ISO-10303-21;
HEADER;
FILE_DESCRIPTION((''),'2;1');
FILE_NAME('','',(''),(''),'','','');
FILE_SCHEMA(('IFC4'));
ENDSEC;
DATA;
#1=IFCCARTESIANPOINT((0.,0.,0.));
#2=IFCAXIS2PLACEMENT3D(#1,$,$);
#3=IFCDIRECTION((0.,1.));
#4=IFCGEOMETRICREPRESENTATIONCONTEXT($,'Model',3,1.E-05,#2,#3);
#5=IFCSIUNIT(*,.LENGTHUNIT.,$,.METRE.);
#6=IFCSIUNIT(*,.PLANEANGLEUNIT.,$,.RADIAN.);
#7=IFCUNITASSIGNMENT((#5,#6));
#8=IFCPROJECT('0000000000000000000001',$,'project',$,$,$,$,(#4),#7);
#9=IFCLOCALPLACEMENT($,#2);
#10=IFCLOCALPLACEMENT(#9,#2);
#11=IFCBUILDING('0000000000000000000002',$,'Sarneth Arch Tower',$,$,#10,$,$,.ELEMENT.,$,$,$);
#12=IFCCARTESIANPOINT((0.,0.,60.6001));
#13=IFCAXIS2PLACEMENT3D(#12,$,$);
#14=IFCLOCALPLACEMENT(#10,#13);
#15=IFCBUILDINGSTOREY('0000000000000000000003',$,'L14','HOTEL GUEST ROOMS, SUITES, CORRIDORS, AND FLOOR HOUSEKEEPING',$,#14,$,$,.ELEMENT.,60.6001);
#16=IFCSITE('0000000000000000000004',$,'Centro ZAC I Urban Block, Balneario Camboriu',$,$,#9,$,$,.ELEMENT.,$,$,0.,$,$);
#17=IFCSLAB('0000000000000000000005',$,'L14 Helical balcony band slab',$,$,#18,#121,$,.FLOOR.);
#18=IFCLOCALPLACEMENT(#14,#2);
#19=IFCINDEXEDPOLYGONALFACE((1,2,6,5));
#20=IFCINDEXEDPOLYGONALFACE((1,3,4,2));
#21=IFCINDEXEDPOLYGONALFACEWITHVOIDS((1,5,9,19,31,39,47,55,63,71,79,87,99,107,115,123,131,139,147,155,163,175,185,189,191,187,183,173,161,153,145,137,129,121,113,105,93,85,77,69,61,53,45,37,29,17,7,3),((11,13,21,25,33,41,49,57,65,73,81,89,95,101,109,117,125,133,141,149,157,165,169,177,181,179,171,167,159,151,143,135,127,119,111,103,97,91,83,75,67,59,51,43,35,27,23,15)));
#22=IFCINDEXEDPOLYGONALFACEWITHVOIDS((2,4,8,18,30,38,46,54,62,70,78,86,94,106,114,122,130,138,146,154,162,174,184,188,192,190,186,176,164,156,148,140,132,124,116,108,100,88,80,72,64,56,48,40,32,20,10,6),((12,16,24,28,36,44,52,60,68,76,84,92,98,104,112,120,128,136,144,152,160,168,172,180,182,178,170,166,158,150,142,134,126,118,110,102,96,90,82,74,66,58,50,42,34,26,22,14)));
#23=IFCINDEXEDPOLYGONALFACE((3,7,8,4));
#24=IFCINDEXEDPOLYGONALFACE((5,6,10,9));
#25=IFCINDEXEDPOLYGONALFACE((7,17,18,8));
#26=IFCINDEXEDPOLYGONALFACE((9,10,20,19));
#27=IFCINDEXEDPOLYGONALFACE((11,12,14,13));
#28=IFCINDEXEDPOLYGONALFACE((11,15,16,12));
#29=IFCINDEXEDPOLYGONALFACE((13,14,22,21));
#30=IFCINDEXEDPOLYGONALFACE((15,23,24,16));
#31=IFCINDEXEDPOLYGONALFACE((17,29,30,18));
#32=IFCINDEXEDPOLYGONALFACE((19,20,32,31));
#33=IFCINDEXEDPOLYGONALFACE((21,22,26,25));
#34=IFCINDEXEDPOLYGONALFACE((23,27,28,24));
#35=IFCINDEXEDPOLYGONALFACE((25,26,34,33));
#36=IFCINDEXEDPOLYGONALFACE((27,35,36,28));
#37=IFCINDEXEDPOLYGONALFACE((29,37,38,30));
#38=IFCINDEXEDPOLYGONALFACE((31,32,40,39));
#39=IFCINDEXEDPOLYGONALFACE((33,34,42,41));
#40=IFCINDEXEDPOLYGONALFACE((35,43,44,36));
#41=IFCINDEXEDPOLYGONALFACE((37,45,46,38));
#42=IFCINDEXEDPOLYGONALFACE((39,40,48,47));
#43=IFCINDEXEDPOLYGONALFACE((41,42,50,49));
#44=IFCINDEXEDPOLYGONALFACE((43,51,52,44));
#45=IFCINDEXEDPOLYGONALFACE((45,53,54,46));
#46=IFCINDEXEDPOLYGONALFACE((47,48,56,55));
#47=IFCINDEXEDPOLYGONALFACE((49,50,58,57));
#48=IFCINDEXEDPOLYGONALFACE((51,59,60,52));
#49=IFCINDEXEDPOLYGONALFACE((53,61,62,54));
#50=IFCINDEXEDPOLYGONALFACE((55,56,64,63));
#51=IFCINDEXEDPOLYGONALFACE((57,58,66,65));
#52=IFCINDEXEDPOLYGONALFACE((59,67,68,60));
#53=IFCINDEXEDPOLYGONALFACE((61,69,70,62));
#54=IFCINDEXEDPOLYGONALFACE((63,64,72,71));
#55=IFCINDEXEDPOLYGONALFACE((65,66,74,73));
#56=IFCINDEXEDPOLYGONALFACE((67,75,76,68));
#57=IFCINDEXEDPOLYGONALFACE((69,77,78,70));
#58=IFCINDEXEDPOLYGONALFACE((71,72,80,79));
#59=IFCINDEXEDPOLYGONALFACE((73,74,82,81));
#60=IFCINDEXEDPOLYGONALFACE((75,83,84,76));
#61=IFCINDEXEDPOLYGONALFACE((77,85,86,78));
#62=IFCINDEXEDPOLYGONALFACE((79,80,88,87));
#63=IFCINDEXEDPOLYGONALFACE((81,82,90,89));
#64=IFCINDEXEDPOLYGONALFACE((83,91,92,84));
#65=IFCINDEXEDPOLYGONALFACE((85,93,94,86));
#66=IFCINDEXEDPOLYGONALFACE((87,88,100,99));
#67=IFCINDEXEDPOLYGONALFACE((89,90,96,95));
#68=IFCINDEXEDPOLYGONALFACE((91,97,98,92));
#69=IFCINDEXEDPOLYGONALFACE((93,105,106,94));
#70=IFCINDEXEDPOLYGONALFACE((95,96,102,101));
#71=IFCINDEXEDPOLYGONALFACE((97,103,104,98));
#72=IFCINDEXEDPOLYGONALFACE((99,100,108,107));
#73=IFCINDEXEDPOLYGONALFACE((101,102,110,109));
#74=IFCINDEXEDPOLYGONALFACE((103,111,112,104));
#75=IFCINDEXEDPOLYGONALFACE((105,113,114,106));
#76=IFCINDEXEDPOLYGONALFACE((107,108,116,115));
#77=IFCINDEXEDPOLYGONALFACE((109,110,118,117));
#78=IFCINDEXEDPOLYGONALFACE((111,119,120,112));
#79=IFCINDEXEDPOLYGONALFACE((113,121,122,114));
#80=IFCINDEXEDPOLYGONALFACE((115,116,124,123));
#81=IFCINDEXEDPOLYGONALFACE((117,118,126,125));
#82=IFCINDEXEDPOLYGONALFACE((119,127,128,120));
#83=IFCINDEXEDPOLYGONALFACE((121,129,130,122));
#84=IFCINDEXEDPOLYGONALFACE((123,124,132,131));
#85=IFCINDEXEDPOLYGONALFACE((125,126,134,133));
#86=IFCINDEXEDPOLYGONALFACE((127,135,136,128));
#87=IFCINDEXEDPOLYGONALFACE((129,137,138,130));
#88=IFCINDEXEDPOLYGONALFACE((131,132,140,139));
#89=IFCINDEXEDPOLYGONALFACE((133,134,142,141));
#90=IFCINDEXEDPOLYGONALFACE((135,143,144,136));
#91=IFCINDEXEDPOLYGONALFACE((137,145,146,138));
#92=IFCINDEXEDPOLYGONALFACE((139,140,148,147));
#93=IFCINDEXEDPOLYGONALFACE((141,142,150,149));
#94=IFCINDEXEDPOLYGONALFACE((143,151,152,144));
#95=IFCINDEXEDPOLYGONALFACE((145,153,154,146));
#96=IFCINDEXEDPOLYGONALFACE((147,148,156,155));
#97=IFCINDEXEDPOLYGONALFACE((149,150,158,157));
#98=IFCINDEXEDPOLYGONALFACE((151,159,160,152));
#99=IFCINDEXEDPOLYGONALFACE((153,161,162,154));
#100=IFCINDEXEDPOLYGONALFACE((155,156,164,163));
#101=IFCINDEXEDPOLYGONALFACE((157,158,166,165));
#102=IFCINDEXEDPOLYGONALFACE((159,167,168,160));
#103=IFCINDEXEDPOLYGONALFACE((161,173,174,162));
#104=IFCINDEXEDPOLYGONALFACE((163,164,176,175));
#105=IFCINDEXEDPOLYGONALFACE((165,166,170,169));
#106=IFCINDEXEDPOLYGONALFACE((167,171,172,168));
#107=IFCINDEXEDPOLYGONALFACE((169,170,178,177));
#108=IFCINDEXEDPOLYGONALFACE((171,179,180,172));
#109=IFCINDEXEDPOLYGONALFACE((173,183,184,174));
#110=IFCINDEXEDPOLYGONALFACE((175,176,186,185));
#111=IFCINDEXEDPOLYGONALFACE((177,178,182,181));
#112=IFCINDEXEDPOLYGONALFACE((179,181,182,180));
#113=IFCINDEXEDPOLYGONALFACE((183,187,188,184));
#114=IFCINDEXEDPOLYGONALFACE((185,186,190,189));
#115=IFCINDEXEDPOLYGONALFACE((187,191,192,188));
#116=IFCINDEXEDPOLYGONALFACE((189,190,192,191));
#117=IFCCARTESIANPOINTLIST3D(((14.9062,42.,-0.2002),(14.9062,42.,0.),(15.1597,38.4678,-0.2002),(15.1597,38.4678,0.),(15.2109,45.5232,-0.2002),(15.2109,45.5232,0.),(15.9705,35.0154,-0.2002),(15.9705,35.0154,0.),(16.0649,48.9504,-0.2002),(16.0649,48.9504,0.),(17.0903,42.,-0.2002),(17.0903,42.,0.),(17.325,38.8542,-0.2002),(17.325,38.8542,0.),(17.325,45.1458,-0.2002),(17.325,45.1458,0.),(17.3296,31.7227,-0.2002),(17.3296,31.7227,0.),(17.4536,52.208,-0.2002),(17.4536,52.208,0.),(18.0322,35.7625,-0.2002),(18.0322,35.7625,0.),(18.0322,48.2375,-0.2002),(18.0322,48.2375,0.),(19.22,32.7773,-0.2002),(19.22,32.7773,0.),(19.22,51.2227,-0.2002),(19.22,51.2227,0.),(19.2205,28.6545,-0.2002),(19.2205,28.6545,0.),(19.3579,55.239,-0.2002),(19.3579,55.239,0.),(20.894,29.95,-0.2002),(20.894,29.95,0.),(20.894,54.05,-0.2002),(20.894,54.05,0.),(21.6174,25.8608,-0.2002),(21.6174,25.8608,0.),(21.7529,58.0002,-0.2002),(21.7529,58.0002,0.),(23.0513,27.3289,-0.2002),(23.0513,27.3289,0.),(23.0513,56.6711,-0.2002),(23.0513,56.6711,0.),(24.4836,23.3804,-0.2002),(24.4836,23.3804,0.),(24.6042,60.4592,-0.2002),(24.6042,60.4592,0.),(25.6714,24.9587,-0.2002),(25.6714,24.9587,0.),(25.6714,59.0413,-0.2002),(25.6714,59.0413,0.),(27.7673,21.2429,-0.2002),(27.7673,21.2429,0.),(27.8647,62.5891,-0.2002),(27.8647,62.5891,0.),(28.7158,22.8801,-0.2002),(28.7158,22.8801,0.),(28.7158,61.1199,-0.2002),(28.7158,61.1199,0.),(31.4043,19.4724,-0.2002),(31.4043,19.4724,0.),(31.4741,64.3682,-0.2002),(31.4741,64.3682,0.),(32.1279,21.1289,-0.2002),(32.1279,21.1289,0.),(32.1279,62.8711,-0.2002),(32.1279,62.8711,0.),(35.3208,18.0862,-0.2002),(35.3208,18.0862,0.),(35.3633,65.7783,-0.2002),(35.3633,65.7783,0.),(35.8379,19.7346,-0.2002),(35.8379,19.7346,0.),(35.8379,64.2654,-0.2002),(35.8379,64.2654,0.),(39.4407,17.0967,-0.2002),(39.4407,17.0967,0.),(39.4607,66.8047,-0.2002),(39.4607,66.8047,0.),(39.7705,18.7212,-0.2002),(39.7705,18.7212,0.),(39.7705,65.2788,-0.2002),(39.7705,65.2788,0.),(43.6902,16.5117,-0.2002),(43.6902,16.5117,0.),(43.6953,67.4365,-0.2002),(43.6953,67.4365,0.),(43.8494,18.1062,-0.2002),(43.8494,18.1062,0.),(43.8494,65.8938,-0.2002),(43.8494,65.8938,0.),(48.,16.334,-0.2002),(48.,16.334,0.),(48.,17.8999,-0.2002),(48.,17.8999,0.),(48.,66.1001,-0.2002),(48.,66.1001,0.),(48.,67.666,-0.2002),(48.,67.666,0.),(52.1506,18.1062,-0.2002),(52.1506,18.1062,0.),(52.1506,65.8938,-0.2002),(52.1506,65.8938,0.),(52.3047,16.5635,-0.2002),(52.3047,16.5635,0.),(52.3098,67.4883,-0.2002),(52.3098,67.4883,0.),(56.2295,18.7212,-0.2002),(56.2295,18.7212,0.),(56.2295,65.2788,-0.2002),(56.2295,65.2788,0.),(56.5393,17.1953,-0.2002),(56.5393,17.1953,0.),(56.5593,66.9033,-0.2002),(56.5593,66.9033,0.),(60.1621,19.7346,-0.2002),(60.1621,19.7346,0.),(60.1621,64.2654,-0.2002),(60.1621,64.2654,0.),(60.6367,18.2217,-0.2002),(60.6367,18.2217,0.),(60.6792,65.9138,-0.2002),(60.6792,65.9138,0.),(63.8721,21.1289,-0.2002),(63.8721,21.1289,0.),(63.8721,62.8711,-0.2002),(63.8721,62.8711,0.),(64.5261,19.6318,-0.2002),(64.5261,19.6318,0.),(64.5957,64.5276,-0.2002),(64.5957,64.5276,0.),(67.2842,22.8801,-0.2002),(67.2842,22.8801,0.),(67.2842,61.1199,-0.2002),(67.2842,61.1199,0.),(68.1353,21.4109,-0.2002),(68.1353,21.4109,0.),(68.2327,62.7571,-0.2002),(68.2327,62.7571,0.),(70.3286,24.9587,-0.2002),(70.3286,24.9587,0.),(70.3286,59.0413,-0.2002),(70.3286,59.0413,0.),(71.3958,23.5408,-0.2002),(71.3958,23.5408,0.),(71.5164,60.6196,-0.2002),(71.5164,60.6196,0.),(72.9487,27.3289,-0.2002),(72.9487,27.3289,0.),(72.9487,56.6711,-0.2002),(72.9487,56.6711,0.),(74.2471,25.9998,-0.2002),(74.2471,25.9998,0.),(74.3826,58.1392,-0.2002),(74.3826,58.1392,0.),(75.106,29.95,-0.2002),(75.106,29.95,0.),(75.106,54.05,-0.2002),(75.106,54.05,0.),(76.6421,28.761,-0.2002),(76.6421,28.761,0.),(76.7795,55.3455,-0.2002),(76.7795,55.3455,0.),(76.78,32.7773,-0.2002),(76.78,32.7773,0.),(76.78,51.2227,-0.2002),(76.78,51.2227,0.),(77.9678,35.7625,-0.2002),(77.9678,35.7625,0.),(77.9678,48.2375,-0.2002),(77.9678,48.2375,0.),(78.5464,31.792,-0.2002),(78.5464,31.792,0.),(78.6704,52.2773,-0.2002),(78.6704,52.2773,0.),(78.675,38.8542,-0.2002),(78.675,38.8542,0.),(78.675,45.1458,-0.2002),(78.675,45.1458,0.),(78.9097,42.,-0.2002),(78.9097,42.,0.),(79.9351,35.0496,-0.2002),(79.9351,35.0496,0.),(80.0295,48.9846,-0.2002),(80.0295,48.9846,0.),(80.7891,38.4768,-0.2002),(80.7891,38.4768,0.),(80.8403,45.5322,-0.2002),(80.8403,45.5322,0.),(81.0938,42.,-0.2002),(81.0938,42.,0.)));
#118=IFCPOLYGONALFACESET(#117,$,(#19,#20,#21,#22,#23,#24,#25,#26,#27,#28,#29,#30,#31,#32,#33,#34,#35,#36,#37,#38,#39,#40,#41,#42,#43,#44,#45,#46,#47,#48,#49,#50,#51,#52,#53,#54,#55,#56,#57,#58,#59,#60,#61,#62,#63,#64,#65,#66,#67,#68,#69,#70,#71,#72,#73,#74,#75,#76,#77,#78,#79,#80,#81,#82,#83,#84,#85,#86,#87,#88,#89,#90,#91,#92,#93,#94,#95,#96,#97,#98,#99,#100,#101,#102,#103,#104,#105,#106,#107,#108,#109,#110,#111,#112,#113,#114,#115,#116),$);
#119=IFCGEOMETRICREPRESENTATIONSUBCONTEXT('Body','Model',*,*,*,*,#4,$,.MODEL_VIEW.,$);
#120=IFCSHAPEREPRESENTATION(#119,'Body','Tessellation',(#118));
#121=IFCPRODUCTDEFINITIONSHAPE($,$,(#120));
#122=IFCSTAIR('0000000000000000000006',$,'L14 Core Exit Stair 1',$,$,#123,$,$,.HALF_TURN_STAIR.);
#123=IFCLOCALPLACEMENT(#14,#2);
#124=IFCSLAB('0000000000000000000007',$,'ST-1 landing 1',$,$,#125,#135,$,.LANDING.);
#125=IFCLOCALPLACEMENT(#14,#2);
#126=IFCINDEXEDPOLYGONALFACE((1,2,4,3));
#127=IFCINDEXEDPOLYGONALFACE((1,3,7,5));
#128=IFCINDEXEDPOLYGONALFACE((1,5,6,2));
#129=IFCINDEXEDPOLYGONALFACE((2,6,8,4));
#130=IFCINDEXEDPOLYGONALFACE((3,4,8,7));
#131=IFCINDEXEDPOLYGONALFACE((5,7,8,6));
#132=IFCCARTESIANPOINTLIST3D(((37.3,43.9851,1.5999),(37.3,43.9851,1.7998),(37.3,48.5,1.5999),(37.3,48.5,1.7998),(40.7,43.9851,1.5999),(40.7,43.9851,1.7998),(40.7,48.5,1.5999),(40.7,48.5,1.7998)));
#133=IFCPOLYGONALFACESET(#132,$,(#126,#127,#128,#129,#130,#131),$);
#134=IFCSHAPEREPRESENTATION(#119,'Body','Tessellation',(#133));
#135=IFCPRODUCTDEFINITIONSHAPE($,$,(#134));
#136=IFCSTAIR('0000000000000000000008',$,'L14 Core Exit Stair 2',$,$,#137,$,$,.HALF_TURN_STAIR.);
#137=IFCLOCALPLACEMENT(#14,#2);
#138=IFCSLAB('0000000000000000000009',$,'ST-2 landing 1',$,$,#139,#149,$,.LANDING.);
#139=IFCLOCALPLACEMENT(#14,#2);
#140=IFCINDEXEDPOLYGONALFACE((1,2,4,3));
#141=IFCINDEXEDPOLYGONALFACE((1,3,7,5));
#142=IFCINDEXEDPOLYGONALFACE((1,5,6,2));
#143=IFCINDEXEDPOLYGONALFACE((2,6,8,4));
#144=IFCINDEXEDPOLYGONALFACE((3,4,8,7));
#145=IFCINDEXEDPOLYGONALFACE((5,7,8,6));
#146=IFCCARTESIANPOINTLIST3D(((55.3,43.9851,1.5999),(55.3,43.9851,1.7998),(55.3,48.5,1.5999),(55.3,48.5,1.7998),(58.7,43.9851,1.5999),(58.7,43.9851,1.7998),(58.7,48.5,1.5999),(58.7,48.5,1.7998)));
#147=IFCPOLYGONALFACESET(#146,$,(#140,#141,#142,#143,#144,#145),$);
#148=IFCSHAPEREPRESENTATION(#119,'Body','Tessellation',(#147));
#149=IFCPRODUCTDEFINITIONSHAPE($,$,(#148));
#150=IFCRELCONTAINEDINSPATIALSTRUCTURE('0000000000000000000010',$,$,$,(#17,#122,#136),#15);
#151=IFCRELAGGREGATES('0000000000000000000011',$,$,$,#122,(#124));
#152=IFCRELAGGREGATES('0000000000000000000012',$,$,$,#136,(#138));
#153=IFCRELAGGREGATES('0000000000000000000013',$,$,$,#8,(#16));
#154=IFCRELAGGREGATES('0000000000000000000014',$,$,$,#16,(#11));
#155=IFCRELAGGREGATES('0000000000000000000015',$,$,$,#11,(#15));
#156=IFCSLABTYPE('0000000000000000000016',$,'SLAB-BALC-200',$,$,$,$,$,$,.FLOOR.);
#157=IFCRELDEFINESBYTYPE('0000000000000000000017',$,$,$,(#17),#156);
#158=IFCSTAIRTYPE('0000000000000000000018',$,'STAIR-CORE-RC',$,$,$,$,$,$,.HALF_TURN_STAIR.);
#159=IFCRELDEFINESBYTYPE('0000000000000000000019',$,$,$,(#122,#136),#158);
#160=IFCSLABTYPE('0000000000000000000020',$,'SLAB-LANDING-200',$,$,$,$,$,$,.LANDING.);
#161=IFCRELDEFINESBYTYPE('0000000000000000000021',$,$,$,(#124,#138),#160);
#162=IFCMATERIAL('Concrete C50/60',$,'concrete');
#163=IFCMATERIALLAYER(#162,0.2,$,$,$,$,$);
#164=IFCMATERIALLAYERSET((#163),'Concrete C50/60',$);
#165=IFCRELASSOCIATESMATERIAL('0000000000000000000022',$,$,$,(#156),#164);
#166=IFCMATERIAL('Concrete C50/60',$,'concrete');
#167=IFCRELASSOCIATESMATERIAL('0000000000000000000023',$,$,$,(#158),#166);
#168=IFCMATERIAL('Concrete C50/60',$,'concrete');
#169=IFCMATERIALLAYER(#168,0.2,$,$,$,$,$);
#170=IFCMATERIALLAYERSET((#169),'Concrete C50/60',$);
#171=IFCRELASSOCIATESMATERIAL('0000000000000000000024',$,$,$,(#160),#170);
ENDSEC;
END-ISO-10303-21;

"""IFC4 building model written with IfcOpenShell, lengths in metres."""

from ifc_helpers import new_model, si_unit, direction, frame, origin, place, context, subcontext, project, spatial, polyline, outline, extrude, material, layer, layer_set, type_object, element, aggregate, save


model = new_model("IFC4")

# Units and contexts
model_context = context("Model", 3, precision=1e-05, world=origin(), true_north=direction((0.0, 1.0)))
body_context = subcontext(model_context, "Body", "Model", "MODEL_VIEW")
ifc_project = project(units=[si_unit("LENGTHUNIT", "METRE"), si_unit("PLANEANGLEUNIT", "RADIAN")], contexts=[model_context])

# Site, building, storey
site_placement = place(None, origin())
site = spatial("IfcSite", under=ifc_project, at=site_placement, Name="Centro ZAC I Urban Block, Balneario Camboriu", CompositionType="ELEMENT", RefElevation=0.0)
building_placement = place(site_placement, origin())
building = spatial("IfcBuilding", under=site, at=building_placement, Name="Sarneth Arch Tower", CompositionType="ELEMENT")
storey_placement = place(building_placement, frame((0.0, 0.0, 60.6001)))
storey = spatial("IfcBuildingStorey", under=building, at=storey_placement, Name="L14", Description="HOTEL GUEST ROOMS, SUITES, CORRIDORS, AND FLOOR HOUSEKEEPING", CompositionType="ELEMENT", Elevation=60.6001)

# Slab
ifc_material_1 = material(Name="Concrete C50/60", Category="concrete")
ifc_layer_1 = layer(ifc_material_1, 0.2)
ifc_layer_set_1 = layer_set([ifc_layer_1], Name="Concrete C50/60")
slab_type_1 = type_object("IfcSlabType", Name="SLAB-BALC-200", PredefinedType="FLOOR", material=ifc_layer_set_1)
slab_1_placement = place(storey_placement, frame((0.0, 0.0, -0.2002)))
element("IfcSlab", 1, at=slab_1_placement, inside=storey, type_object=slab_type_1, Name="L14 Helical balcony band slab", PredefinedType="FLOOR", context=body_context, shape_type="SweptSolid", body=[
    extrude(outline(polyline([(81.0938, 42.0), (80.8403, 45.5322), (80.0295, 48.9846), (78.6704, 52.2773), (76.7795, 55.3455), (74.3826, 58.1392), (71.5164, 60.6196), (68.2327, 62.7571), (64.5957, 64.5276), (60.6792, 65.9138), (56.5593, 66.9033), (52.3098, 67.4883), (48.0, 67.666), (43.6953, 67.4365), (39.4607, 66.8047), (35.3633, 65.7783), (31.4741, 64.3682), (27.8647, 62.5891), (24.6042, 60.4592), (21.7529, 58.0002), (19.3579, 55.239), (17.4536, 52.208), (16.0649, 48.9504), (15.2109, 45.5232), (14.9062, 42.0), (15.1597, 38.4678), (15.9705, 35.0154), (17.3296, 31.7227), (19.2205, 28.6545), (21.6174, 25.8608), (24.4836, 23.3804), (27.7673, 21.2429), (31.4043, 19.4724), (35.3208, 18.0862), (39.4407, 17.0967), (43.6902, 16.5117), (48.0, 16.334), (52.3047, 16.5635), (56.5393, 17.1953), (60.6367, 18.2217), (64.5261, 19.6318), (68.1353, 21.4109), (71.3958, 23.5408), (74.2471, 25.9998), (76.6421, 28.761), (78.5464, 31.792), (79.9351, 35.0496), (80.7891, 38.4768), (81.0938, 42.0)]), holes=[polyline([(78.9097, 42.0), (78.675, 45.1458), (77.9678, 48.2375), (76.78, 51.2227), (75.106, 54.05), (72.9487, 56.6711), (70.3286, 59.0413), (67.2842, 61.1199), (63.8721, 62.8711), (60.1621, 64.2654), (56.2295, 65.2788), (52.1506, 65.8938), (48.0, 66.1001), (43.8494, 65.8938), (39.7705, 65.2788), (35.8379, 64.2654), (32.1279, 62.8711), (28.7158, 61.1199), (25.6714, 59.0413), (23.0513, 56.6711), (20.894, 54.05), (19.22, 51.2227), (18.0322, 48.2375), (17.325, 45.1458), (17.0903, 42.0), (17.325, 38.8542), (18.0322, 35.7625), (19.22, 32.7773), (20.894, 29.95), (23.0513, 27.3289), (25.6714, 24.9587), (28.7158, 22.8801), (32.1279, 21.1289), (35.8379, 19.7346), (39.7705, 18.7212), (43.8494, 18.1062), (48.0, 17.8999), (52.1506, 18.1062), (56.2295, 18.7212), (60.1621, 19.7346), (63.8721, 21.1289), (67.2842, 22.8801), (70.3286, 24.9587), (72.9487, 27.3289), (75.106, 29.95), (76.78, 32.7773), (77.9678, 35.7625), (78.675, 38.8542), (78.9097, 42.0)])]), origin(), (0.0, 0.0, 1.0), 0.2002),
])

# Stairs, slabs
ifc_material_2 = material(Name="Concrete C50/60", Category="concrete")
stair_type = type_object("IfcStairType", Name="STAIR-CORE-RC", PredefinedType="HALF_TURN_STAIR", material=ifc_material_2)
stair_1_placement = place(storey_placement, origin())
stair_1 = element("IfcStair", 2, at=stair_1_placement, inside=storey, type_object=stair_type, Name="L14 Core Exit Stair 1", PredefinedType="HALF_TURN_STAIR")
ifc_material_3 = material(Name="Concrete C50/60", Category="concrete")
ifc_layer_2 = layer(ifc_material_3, 0.2)
ifc_layer_set_2 = layer_set([ifc_layer_2], Name="Concrete C50/60")
slab_type_2 = type_object("IfcSlabType", Name="SLAB-LANDING-200", PredefinedType="LANDING", material=ifc_layer_set_2)
slab_2_placement = place(storey_placement, frame((0.0, 0.0, 1.5999)))
slab_2 = element("IfcSlab", 3, at=slab_2_placement, type_object=slab_type_2, Name="ST-1 landing 1", PredefinedType="LANDING", context=body_context, shape_type="SweptSolid", body=[
    extrude(outline(polyline([(37.3, 43.9851), (40.7, 43.9851), (40.7, 48.5), (37.3, 48.5), (37.3, 43.9851)])), origin(), (0.0, 0.0, 1.0), 0.2),
])
aggregate(stair_1, [slab_2])
stair_2_placement = place(storey_placement, origin())
stair_2 = element("IfcStair", 4, at=stair_2_placement, inside=storey, type_object=stair_type, Name="L14 Core Exit Stair 2", PredefinedType="HALF_TURN_STAIR")
slab_3_placement = place(storey_placement, frame((0.0, 0.0, 1.5999)))
slab_3 = element("IfcSlab", 5, at=slab_3_placement, type_object=slab_type_2, Name="ST-2 landing 1", PredefinedType="LANDING", context=body_context, shape_type="SweptSolid", body=[
    extrude(outline(polyline([(55.3, 43.9851), (58.7, 43.9851), (58.7, 48.5), (55.3, 48.5), (55.3, 43.9851)])), origin(), (0.0, 0.0, 1.0), 0.2),
])
aggregate(stair_2, [slab_3])

save(model, "model.ifc")
